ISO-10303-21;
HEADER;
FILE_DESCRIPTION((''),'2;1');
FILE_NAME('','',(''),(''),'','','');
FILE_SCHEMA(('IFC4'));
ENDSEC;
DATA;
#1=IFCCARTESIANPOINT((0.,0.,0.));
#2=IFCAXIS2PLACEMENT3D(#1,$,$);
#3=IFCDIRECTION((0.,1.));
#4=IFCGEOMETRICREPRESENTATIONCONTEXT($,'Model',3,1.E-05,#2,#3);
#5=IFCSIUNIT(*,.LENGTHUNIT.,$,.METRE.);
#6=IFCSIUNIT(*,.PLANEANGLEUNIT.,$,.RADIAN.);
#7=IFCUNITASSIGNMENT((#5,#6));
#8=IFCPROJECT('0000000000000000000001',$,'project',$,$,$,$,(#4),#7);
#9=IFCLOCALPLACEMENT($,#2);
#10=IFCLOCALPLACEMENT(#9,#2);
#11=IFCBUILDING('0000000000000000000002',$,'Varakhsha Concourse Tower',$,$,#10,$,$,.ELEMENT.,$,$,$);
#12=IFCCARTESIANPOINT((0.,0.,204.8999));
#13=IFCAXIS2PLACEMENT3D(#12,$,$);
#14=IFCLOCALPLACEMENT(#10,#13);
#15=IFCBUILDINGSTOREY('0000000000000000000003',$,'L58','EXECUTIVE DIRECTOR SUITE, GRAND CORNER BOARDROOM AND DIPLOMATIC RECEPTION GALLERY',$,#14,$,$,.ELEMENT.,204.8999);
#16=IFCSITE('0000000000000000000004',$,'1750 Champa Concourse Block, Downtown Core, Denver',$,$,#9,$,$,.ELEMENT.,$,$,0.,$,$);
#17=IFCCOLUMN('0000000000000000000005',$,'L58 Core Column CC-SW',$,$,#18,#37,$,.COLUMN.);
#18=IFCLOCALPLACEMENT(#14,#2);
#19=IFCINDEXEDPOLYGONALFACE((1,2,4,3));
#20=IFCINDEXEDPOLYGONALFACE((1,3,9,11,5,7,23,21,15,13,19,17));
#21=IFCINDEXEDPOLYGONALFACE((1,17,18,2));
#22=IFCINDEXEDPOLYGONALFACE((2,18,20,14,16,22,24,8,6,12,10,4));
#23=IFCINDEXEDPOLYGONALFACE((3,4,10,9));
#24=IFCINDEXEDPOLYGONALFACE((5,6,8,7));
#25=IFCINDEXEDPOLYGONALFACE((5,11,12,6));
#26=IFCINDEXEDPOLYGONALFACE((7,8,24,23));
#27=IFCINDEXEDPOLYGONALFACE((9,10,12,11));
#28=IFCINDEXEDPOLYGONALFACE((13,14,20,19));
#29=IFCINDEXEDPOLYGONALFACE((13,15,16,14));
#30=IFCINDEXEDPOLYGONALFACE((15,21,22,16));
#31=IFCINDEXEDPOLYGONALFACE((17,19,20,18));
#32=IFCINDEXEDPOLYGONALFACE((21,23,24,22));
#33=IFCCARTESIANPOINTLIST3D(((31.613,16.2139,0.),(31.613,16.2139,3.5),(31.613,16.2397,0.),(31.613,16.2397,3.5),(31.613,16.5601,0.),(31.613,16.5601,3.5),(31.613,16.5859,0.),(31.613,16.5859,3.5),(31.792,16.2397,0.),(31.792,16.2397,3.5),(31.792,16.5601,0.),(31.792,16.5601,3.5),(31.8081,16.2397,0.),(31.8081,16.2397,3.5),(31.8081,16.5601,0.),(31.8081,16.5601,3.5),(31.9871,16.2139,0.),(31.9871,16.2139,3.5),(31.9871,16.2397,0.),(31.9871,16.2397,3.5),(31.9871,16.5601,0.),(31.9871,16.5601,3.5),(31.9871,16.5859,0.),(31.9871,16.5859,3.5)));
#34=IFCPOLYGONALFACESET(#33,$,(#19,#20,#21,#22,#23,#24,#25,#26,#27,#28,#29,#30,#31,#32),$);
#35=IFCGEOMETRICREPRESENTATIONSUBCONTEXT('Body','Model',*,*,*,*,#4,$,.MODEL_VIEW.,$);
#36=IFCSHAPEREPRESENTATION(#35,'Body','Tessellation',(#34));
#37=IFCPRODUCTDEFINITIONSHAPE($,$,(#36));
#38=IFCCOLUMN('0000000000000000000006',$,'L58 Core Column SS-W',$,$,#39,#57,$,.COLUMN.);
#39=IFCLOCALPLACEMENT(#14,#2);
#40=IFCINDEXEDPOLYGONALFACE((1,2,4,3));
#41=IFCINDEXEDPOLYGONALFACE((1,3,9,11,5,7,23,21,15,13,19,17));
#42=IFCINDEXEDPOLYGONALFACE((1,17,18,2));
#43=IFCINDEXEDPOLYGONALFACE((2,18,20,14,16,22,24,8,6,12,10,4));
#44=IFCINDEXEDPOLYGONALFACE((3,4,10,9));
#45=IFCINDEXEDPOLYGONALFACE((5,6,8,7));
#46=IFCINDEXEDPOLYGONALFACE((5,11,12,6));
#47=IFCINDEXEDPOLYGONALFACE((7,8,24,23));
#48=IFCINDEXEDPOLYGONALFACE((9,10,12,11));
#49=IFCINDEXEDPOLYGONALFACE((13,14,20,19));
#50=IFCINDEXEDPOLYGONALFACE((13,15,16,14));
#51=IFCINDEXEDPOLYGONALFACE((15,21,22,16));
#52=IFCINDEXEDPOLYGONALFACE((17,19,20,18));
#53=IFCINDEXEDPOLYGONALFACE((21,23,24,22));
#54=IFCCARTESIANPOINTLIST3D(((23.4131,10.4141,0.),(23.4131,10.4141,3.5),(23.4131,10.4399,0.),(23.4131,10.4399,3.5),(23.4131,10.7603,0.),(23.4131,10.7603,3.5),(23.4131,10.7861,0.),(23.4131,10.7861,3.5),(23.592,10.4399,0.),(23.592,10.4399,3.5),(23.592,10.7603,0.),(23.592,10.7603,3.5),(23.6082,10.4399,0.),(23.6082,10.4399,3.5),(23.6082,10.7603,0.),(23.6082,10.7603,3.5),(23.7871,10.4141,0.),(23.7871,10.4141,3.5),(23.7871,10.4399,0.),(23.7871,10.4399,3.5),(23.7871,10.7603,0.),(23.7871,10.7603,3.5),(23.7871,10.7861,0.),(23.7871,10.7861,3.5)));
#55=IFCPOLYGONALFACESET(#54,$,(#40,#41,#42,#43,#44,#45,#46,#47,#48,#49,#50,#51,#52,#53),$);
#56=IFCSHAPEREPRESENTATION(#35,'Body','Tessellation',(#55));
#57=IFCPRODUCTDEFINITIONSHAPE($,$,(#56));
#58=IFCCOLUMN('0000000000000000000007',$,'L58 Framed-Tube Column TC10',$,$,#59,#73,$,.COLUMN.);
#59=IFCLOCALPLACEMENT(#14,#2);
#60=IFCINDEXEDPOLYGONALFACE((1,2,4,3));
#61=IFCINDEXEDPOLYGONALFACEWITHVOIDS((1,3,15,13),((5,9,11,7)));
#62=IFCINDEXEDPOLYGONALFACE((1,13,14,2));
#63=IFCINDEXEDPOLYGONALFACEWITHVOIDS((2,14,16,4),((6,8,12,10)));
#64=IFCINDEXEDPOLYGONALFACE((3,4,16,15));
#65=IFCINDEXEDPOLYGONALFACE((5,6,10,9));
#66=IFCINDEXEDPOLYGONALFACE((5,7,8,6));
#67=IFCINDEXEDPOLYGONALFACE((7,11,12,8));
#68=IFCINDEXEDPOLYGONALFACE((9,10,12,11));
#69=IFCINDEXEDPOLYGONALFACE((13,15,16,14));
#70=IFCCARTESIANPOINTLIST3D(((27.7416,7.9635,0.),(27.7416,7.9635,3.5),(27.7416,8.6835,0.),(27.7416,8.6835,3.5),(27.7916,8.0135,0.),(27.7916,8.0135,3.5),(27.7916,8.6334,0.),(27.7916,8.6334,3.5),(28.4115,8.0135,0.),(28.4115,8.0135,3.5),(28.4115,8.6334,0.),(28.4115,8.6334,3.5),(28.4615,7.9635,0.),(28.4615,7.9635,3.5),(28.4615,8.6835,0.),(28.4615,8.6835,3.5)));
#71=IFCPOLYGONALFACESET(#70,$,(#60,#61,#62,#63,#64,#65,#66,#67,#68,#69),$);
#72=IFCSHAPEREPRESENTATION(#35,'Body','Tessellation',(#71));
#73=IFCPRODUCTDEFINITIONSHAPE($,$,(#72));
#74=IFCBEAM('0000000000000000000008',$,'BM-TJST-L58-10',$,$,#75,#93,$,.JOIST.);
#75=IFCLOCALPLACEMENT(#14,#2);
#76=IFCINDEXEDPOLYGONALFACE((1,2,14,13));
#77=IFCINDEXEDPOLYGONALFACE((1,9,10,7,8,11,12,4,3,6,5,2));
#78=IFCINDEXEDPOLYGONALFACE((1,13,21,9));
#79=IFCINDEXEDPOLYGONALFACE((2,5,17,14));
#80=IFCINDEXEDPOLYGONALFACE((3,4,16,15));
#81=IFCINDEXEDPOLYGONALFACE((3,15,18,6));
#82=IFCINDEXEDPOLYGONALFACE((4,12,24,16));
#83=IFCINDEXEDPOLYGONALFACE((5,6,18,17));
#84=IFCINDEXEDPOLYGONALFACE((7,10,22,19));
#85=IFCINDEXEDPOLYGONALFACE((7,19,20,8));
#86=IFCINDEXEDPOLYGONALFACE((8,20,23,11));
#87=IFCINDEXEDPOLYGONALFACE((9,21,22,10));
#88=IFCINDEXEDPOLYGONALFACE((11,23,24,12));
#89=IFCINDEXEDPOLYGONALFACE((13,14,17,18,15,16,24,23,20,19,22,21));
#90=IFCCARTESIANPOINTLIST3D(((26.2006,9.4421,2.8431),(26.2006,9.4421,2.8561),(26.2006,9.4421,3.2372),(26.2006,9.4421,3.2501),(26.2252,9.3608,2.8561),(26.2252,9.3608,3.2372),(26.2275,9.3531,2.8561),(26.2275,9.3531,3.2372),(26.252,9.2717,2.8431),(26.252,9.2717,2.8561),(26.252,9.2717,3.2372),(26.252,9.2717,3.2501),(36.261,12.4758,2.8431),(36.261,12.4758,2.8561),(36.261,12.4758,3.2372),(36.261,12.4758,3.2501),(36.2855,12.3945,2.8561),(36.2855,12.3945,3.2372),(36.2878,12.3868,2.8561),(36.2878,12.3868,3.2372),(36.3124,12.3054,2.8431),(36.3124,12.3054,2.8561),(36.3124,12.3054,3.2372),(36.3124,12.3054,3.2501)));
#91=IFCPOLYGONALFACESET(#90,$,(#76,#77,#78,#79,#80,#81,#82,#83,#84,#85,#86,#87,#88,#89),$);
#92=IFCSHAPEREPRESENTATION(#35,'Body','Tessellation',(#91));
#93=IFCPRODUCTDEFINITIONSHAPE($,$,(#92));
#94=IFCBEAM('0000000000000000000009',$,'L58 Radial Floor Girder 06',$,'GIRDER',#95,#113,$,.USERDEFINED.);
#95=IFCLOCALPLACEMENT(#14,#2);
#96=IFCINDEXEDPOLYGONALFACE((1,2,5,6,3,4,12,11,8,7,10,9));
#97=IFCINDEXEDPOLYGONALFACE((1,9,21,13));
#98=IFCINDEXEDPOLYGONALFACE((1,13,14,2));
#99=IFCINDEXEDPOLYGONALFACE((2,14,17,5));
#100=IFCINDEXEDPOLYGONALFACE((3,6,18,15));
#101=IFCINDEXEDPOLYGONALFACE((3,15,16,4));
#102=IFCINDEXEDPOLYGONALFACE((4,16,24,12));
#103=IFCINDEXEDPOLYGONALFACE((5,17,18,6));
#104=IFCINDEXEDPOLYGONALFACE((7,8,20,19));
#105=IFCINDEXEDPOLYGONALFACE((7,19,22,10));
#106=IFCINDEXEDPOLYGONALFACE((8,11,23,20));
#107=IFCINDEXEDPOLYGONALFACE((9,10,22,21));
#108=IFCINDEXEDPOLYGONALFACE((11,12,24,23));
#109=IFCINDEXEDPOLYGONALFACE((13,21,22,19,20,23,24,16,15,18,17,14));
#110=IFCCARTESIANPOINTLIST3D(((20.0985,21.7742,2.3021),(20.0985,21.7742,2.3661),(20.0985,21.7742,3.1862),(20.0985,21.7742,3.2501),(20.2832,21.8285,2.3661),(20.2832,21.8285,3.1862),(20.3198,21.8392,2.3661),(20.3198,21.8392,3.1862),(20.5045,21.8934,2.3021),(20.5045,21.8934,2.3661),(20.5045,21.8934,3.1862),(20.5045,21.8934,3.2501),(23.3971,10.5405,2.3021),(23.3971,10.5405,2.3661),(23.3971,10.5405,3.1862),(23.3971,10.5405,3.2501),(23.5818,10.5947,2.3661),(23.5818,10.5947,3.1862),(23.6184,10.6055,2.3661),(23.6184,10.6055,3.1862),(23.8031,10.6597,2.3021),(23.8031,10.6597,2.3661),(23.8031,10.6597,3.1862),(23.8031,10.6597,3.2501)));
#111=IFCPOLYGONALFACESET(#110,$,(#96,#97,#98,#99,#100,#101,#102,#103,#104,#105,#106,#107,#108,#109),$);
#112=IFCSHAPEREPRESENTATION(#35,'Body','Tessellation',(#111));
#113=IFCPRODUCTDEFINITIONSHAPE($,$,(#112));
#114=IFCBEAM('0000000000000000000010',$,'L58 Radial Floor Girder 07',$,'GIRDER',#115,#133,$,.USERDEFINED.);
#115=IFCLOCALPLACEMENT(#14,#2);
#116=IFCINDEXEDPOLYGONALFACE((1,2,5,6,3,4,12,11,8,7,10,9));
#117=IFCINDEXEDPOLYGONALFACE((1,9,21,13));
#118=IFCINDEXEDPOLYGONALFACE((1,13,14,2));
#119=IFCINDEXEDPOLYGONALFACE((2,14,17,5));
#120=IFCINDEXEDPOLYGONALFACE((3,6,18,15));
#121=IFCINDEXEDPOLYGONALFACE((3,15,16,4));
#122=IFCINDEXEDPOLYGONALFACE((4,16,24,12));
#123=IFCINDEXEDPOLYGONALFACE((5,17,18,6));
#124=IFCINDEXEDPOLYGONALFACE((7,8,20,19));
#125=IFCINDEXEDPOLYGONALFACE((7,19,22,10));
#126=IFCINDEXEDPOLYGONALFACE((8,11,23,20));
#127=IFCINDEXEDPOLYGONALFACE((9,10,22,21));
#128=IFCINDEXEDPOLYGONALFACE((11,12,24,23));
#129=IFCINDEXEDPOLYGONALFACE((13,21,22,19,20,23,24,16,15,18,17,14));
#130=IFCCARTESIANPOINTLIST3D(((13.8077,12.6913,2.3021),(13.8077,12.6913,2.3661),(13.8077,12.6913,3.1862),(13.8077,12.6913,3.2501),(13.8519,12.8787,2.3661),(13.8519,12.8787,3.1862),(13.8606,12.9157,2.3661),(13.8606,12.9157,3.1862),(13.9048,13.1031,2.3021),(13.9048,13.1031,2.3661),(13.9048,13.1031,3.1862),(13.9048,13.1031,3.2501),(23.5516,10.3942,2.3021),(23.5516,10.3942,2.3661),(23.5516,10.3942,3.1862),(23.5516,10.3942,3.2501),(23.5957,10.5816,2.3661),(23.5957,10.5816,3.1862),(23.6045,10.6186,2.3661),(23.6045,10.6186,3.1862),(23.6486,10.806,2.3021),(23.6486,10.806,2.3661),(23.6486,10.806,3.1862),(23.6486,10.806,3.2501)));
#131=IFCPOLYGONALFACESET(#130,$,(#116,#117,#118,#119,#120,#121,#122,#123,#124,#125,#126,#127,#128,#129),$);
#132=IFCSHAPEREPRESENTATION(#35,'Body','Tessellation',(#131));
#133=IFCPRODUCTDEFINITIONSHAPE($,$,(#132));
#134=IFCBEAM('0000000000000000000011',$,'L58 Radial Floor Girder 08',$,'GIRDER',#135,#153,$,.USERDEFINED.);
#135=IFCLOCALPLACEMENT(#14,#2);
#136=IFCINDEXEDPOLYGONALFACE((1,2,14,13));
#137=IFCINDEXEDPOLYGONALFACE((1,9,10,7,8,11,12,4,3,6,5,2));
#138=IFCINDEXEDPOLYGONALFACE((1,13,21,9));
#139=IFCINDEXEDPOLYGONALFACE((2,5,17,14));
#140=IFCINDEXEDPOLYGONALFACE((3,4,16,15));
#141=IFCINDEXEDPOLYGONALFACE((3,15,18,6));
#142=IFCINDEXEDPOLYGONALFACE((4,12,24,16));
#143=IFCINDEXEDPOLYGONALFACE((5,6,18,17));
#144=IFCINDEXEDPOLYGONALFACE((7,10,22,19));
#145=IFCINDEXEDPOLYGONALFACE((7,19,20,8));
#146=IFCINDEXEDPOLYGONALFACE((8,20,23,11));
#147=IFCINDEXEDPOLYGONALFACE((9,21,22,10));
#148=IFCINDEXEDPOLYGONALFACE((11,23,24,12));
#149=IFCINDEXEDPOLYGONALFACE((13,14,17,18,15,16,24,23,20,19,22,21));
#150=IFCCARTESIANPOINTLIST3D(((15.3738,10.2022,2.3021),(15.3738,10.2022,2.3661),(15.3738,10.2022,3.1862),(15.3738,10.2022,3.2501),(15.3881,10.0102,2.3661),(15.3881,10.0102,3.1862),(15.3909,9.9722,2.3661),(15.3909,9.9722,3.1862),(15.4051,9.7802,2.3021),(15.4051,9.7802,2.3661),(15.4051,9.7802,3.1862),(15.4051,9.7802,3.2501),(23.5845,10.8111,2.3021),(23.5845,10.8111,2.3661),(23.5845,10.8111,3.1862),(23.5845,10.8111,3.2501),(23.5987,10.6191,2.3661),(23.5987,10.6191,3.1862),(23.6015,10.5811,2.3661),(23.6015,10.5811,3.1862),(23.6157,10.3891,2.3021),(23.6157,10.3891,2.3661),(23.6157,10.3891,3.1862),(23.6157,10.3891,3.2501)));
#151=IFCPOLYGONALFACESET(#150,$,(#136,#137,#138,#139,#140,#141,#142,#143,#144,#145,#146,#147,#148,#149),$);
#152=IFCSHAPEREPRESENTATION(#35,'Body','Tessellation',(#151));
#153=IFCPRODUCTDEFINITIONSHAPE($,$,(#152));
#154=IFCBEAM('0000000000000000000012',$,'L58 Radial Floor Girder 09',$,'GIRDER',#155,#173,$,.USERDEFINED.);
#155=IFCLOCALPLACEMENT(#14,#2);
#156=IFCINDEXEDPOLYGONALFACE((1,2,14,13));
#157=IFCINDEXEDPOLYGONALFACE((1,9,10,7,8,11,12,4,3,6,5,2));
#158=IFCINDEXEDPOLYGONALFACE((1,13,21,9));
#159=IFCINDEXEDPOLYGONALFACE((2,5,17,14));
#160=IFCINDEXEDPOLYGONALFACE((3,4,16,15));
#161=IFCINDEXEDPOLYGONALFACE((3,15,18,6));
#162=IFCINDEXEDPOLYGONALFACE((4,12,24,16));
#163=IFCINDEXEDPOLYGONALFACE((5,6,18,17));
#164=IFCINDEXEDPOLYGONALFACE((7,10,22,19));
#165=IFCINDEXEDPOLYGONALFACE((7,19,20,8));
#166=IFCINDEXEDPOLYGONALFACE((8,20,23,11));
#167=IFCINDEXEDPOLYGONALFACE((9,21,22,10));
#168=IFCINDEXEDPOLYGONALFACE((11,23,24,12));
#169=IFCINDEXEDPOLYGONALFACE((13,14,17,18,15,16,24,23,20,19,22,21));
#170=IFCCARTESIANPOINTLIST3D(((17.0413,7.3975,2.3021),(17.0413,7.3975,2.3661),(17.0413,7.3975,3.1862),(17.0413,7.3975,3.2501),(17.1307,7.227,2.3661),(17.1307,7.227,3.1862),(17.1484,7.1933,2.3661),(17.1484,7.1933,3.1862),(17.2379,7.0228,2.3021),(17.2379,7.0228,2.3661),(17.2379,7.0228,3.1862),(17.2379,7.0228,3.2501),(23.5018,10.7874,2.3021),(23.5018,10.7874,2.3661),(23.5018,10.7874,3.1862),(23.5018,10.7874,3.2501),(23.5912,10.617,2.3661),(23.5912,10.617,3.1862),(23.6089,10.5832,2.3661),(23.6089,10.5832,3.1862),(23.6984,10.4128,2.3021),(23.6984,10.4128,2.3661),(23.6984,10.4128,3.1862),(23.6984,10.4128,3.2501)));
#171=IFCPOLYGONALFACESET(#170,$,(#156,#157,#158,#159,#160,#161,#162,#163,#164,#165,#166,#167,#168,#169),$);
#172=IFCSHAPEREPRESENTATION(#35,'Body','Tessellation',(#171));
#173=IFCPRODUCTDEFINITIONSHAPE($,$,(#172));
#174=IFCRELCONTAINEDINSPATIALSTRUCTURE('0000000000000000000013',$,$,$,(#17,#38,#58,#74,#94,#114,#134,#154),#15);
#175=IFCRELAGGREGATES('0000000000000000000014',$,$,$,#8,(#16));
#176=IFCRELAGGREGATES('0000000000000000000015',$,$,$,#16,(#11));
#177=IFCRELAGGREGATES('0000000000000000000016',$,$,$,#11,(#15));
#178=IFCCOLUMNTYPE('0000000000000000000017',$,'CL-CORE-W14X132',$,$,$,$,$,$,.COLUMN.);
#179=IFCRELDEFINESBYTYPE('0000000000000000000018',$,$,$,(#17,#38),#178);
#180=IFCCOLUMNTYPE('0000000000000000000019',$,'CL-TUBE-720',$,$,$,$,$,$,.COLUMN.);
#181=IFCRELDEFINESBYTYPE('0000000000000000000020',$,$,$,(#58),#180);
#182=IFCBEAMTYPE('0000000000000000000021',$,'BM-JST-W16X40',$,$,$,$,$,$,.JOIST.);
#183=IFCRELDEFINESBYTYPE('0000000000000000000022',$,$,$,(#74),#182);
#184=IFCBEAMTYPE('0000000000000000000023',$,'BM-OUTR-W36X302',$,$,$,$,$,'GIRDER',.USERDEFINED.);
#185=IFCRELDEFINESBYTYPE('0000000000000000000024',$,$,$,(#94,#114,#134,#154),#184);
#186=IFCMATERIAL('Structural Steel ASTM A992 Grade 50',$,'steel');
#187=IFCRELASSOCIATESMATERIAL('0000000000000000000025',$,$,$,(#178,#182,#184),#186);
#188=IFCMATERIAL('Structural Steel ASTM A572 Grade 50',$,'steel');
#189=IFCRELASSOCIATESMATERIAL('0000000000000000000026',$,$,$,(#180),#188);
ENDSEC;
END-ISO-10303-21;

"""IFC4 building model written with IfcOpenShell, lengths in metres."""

from ifc_helpers import new_model, si_unit, direction, frame, origin, origin_2d, place, context, subcontext, project, spatial, hollow_rectangle, i_section, extrude, material, material_profile, profile_set, type_object, element, save


model = new_model("IFC4")

# Units and contexts
model_context = context("Model", 3, precision=1e-05, world=origin(), true_north=direction((0.0, 1.0)))
body_context = subcontext(model_context, "Body", "Model", "MODEL_VIEW")
ifc_project = project(units=[si_unit("LENGTHUNIT", "METRE"), si_unit("PLANEANGLEUNIT", "RADIAN")], contexts=[model_context])

# Site, building, storey
site_placement = place(None, origin())
site = spatial("IfcSite", under=ifc_project, at=site_placement, Name="1750 Champa Concourse Block, Downtown Core, Denver", CompositionType="ELEMENT", RefElevation=0.0)
building_placement = place(site_placement, origin())
building = spatial("IfcBuilding", under=site, at=building_placement, Name="Varakhsha Concourse Tower", CompositionType="ELEMENT")
storey_placement = place(building_placement, frame((0.0, 0.0, 204.8999)))
storey = spatial("IfcBuildingStorey", under=building, at=storey_placement, Name="L58", Description="EXECUTIVE DIRECTOR SUITE, GRAND CORNER BOARDROOM AND DIPLOMATIC RECEPTION GALLERY", CompositionType="ELEMENT", Elevation=204.8999)

# Columns
ifc_material_1 = material(Name="Structural Steel ASTM A992 Grade 50", Category="steel")
ifc_material_profile_1 = material_profile(ifc_material_1, i_section(OverallWidth=0.374, OverallDepth=0.3721, WebThickness=0.0161, FlangeThickness=0.0259, at=origin_2d()), Name="W14X132")
ifc_profile_set_1 = profile_set([ifc_material_profile_1], Name="Structural Steel ASTM A992 Grade 50")
column_type_1 = type_object("IfcColumnType", Name="CL-CORE-W14X132", PredefinedType="COLUMN", material=ifc_profile_set_1)
for number, where, z_axis, x_axis, name in (
    (1, (31.8, 16.3999, 0.0), (0.0, 0.0, 1.0), (1.0, 0.0, 0.0), "L58 Core Column CC-SW"),
    (2, (23.6001, 10.6001, 0.0), (0.0, 0.0, 1.0), (1.0, 0.0, 0.0), "L58 Core Column SS-W"),
):
    element("IfcColumn", number, at=place(storey_placement, frame(where, z_axis=z_axis, x_axis=x_axis)), inside=storey, type_object=column_type_1, Name=name, PredefinedType="COLUMN", context=body_context, shape_type="SweptSolid", body=[
        extrude(i_section(OverallWidth=0.374, OverallDepth=0.3721, WebThickness=0.0161, FlangeThickness=0.0259, at=origin_2d()), origin(), (0.0, 0.0, 1.0), 3.5),
    ])
ifc_material_2 = material(Name="Structural Steel ASTM A572 Grade 50", Category="steel")
ifc_material_profile_2 = material_profile(ifc_material_2, hollow_rectangle(XDim=0.72, YDim=0.72, WallThickness=0.05, at=origin_2d()), Name="BOX 720x720x50")
ifc_profile_set_2 = profile_set([ifc_material_profile_2], Name="Structural Steel ASTM A572 Grade 50")
column_type_2 = type_object("IfcColumnType", Name="CL-TUBE-720", PredefinedType="COLUMN", material=ifc_profile_set_2)
column_placement = place(storey_placement, frame((28.1016, 8.3235, 0.0), z_axis=(0.0, 0.0, 1.0), x_axis=(1.0, 0.0, 0.0)))
element("IfcColumn", 3, at=column_placement, inside=storey, type_object=column_type_2, Name="L58 Framed-Tube Column TC10", PredefinedType="COLUMN", context=body_context, shape_type="SweptSolid", body=[
    extrude(hollow_rectangle(XDim=0.72, YDim=0.72, WallThickness=0.05, at=origin_2d()), origin(), (0.0, 0.0, 1.0), 3.5),
])

# Beams
ifc_material_profile_3 = material_profile(ifc_material_1, i_section(OverallWidth=0.178, OverallDepth=0.407, WebThickness=0.0081, FlangeThickness=0.0129, at=origin_2d()), Name="W16X40")
ifc_profile_set_3 = profile_set([ifc_material_profile_3], Name="Structural Steel ASTM A992 Grade 50")
beam_type_1 = type_object("IfcBeamType", Name="BM-JST-W16X40", PredefinedType="JOIST", material=ifc_profile_set_3)
beam_1_placement = place(storey_placement, frame((26.2263, 9.3569, 3.0466), z_axis=(0.957417, 0.28871, 0.0), x_axis=(-0.28871, 0.957417, 0.0)))
element("IfcBeam", 4, at=beam_1_placement, inside=storey, type_object=beam_type_1, Name="BM-TJST-L58-10", PredefinedType="JOIST", context=body_context, shape_type="SweptSolid", body=[
    extrude(i_section(OverallWidth=0.178, OverallDepth=0.407, WebThickness=0.0081, FlangeThickness=0.0129, at=origin_2d()), origin(), (0.0, 0.0, 1.0), 10.5078),
])
ifc_material_profile_4 = material_profile(ifc_material_1, i_section(OverallWidth=0.4231, OverallDepth=0.948, WebThickness=0.0381, FlangeThickness=0.064, at=origin_2d()), Name="W36X302")
ifc_profile_set_4 = profile_set([ifc_material_profile_4], Name="Structural Steel ASTM A992 Grade 50")
beam_type_2 = type_object("IfcBeamType", Name="BM-OUTR-W36X302", ElementType="GIRDER", PredefinedType="USERDEFINED", material=ifc_profile_set_4)
beam_2_placement = place(storey_placement, frame((23.6001, 10.6001, 2.7761), z_axis=(-0.28174, 0.959491, 0.0), x_axis=(-0.959491, -0.28174, 0.0)))
element("IfcBeam", 5, at=beam_2_placement, inside=storey, type_object=beam_type_2, Name="L58 Radial Floor Girder 06", ObjectType="GIRDER", PredefinedType="USERDEFINED", context=body_context, shape_type="SweptSolid", body=[
    extrude(i_section(OverallWidth=0.4231, OverallDepth=0.948, WebThickness=0.0381, FlangeThickness=0.064, at=origin_2d()), origin(), (0.0, 0.0, 1.0), 11.708),
])
beam_3_placement = place(storey_placement, frame((23.6001, 10.6001, 2.7761), z_axis=(-0.973318, 0.229459, 0.0), x_axis=(-0.229459, -0.973318, 0.0)))
element("IfcBeam", 6, at=beam_3_placement, inside=storey, type_object=beam_type_2, Name="L58 Radial Floor Girder 07", ObjectType="GIRDER", PredefinedType="USERDEFINED", context=body_context, shape_type="SweptSolid", body=[
    extrude(i_section(OverallWidth=0.4231, OverallDepth=0.948, WebThickness=0.0381, FlangeThickness=0.064, at=origin_2d()), origin(), (0.0, 0.0, 1.0), 10.011),
])
beam_4_placement = place(storey_placement, frame((23.6001, 10.6001, 2.7761), z_axis=(-0.997262, -0.073955, 0.0), x_axis=(0.073955, -0.997262, 0.0)))
element("IfcBeam", 7, at=beam_4_placement, inside=storey, type_object=beam_type_2, Name="L58 Radial Floor Girder 08", ObjectType="GIRDER", PredefinedType="USERDEFINED", context=body_context, shape_type="SweptSolid", body=[
    extrude(i_section(OverallWidth=0.4231, OverallDepth=0.948, WebThickness=0.0381, FlangeThickness=0.064, at=origin_2d()), origin(), (0.0, 0.0, 1.0), 8.2332),
])
beam_5_placement = place(storey_placement, frame((23.6001, 10.6001, 2.7761), z_axis=(-0.885502, -0.464636, 0.0), x_axis=(0.464636, -0.885502, 0.0)))
element("IfcBeam", 8, at=beam_5_placement, inside=storey, type_object=beam_type_2, Name="L58 Radial Floor Girder 09", ObjectType="GIRDER", PredefinedType="USERDEFINED", context=body_context, shape_type="SweptSolid", body=[
    extrude(i_section(OverallWidth=0.4231, OverallDepth=0.948, WebThickness=0.0381, FlangeThickness=0.064, at=origin_2d()), origin(), (0.0, 0.0, 1.0), 7.2959),
])

save(model, "model.ifc")
